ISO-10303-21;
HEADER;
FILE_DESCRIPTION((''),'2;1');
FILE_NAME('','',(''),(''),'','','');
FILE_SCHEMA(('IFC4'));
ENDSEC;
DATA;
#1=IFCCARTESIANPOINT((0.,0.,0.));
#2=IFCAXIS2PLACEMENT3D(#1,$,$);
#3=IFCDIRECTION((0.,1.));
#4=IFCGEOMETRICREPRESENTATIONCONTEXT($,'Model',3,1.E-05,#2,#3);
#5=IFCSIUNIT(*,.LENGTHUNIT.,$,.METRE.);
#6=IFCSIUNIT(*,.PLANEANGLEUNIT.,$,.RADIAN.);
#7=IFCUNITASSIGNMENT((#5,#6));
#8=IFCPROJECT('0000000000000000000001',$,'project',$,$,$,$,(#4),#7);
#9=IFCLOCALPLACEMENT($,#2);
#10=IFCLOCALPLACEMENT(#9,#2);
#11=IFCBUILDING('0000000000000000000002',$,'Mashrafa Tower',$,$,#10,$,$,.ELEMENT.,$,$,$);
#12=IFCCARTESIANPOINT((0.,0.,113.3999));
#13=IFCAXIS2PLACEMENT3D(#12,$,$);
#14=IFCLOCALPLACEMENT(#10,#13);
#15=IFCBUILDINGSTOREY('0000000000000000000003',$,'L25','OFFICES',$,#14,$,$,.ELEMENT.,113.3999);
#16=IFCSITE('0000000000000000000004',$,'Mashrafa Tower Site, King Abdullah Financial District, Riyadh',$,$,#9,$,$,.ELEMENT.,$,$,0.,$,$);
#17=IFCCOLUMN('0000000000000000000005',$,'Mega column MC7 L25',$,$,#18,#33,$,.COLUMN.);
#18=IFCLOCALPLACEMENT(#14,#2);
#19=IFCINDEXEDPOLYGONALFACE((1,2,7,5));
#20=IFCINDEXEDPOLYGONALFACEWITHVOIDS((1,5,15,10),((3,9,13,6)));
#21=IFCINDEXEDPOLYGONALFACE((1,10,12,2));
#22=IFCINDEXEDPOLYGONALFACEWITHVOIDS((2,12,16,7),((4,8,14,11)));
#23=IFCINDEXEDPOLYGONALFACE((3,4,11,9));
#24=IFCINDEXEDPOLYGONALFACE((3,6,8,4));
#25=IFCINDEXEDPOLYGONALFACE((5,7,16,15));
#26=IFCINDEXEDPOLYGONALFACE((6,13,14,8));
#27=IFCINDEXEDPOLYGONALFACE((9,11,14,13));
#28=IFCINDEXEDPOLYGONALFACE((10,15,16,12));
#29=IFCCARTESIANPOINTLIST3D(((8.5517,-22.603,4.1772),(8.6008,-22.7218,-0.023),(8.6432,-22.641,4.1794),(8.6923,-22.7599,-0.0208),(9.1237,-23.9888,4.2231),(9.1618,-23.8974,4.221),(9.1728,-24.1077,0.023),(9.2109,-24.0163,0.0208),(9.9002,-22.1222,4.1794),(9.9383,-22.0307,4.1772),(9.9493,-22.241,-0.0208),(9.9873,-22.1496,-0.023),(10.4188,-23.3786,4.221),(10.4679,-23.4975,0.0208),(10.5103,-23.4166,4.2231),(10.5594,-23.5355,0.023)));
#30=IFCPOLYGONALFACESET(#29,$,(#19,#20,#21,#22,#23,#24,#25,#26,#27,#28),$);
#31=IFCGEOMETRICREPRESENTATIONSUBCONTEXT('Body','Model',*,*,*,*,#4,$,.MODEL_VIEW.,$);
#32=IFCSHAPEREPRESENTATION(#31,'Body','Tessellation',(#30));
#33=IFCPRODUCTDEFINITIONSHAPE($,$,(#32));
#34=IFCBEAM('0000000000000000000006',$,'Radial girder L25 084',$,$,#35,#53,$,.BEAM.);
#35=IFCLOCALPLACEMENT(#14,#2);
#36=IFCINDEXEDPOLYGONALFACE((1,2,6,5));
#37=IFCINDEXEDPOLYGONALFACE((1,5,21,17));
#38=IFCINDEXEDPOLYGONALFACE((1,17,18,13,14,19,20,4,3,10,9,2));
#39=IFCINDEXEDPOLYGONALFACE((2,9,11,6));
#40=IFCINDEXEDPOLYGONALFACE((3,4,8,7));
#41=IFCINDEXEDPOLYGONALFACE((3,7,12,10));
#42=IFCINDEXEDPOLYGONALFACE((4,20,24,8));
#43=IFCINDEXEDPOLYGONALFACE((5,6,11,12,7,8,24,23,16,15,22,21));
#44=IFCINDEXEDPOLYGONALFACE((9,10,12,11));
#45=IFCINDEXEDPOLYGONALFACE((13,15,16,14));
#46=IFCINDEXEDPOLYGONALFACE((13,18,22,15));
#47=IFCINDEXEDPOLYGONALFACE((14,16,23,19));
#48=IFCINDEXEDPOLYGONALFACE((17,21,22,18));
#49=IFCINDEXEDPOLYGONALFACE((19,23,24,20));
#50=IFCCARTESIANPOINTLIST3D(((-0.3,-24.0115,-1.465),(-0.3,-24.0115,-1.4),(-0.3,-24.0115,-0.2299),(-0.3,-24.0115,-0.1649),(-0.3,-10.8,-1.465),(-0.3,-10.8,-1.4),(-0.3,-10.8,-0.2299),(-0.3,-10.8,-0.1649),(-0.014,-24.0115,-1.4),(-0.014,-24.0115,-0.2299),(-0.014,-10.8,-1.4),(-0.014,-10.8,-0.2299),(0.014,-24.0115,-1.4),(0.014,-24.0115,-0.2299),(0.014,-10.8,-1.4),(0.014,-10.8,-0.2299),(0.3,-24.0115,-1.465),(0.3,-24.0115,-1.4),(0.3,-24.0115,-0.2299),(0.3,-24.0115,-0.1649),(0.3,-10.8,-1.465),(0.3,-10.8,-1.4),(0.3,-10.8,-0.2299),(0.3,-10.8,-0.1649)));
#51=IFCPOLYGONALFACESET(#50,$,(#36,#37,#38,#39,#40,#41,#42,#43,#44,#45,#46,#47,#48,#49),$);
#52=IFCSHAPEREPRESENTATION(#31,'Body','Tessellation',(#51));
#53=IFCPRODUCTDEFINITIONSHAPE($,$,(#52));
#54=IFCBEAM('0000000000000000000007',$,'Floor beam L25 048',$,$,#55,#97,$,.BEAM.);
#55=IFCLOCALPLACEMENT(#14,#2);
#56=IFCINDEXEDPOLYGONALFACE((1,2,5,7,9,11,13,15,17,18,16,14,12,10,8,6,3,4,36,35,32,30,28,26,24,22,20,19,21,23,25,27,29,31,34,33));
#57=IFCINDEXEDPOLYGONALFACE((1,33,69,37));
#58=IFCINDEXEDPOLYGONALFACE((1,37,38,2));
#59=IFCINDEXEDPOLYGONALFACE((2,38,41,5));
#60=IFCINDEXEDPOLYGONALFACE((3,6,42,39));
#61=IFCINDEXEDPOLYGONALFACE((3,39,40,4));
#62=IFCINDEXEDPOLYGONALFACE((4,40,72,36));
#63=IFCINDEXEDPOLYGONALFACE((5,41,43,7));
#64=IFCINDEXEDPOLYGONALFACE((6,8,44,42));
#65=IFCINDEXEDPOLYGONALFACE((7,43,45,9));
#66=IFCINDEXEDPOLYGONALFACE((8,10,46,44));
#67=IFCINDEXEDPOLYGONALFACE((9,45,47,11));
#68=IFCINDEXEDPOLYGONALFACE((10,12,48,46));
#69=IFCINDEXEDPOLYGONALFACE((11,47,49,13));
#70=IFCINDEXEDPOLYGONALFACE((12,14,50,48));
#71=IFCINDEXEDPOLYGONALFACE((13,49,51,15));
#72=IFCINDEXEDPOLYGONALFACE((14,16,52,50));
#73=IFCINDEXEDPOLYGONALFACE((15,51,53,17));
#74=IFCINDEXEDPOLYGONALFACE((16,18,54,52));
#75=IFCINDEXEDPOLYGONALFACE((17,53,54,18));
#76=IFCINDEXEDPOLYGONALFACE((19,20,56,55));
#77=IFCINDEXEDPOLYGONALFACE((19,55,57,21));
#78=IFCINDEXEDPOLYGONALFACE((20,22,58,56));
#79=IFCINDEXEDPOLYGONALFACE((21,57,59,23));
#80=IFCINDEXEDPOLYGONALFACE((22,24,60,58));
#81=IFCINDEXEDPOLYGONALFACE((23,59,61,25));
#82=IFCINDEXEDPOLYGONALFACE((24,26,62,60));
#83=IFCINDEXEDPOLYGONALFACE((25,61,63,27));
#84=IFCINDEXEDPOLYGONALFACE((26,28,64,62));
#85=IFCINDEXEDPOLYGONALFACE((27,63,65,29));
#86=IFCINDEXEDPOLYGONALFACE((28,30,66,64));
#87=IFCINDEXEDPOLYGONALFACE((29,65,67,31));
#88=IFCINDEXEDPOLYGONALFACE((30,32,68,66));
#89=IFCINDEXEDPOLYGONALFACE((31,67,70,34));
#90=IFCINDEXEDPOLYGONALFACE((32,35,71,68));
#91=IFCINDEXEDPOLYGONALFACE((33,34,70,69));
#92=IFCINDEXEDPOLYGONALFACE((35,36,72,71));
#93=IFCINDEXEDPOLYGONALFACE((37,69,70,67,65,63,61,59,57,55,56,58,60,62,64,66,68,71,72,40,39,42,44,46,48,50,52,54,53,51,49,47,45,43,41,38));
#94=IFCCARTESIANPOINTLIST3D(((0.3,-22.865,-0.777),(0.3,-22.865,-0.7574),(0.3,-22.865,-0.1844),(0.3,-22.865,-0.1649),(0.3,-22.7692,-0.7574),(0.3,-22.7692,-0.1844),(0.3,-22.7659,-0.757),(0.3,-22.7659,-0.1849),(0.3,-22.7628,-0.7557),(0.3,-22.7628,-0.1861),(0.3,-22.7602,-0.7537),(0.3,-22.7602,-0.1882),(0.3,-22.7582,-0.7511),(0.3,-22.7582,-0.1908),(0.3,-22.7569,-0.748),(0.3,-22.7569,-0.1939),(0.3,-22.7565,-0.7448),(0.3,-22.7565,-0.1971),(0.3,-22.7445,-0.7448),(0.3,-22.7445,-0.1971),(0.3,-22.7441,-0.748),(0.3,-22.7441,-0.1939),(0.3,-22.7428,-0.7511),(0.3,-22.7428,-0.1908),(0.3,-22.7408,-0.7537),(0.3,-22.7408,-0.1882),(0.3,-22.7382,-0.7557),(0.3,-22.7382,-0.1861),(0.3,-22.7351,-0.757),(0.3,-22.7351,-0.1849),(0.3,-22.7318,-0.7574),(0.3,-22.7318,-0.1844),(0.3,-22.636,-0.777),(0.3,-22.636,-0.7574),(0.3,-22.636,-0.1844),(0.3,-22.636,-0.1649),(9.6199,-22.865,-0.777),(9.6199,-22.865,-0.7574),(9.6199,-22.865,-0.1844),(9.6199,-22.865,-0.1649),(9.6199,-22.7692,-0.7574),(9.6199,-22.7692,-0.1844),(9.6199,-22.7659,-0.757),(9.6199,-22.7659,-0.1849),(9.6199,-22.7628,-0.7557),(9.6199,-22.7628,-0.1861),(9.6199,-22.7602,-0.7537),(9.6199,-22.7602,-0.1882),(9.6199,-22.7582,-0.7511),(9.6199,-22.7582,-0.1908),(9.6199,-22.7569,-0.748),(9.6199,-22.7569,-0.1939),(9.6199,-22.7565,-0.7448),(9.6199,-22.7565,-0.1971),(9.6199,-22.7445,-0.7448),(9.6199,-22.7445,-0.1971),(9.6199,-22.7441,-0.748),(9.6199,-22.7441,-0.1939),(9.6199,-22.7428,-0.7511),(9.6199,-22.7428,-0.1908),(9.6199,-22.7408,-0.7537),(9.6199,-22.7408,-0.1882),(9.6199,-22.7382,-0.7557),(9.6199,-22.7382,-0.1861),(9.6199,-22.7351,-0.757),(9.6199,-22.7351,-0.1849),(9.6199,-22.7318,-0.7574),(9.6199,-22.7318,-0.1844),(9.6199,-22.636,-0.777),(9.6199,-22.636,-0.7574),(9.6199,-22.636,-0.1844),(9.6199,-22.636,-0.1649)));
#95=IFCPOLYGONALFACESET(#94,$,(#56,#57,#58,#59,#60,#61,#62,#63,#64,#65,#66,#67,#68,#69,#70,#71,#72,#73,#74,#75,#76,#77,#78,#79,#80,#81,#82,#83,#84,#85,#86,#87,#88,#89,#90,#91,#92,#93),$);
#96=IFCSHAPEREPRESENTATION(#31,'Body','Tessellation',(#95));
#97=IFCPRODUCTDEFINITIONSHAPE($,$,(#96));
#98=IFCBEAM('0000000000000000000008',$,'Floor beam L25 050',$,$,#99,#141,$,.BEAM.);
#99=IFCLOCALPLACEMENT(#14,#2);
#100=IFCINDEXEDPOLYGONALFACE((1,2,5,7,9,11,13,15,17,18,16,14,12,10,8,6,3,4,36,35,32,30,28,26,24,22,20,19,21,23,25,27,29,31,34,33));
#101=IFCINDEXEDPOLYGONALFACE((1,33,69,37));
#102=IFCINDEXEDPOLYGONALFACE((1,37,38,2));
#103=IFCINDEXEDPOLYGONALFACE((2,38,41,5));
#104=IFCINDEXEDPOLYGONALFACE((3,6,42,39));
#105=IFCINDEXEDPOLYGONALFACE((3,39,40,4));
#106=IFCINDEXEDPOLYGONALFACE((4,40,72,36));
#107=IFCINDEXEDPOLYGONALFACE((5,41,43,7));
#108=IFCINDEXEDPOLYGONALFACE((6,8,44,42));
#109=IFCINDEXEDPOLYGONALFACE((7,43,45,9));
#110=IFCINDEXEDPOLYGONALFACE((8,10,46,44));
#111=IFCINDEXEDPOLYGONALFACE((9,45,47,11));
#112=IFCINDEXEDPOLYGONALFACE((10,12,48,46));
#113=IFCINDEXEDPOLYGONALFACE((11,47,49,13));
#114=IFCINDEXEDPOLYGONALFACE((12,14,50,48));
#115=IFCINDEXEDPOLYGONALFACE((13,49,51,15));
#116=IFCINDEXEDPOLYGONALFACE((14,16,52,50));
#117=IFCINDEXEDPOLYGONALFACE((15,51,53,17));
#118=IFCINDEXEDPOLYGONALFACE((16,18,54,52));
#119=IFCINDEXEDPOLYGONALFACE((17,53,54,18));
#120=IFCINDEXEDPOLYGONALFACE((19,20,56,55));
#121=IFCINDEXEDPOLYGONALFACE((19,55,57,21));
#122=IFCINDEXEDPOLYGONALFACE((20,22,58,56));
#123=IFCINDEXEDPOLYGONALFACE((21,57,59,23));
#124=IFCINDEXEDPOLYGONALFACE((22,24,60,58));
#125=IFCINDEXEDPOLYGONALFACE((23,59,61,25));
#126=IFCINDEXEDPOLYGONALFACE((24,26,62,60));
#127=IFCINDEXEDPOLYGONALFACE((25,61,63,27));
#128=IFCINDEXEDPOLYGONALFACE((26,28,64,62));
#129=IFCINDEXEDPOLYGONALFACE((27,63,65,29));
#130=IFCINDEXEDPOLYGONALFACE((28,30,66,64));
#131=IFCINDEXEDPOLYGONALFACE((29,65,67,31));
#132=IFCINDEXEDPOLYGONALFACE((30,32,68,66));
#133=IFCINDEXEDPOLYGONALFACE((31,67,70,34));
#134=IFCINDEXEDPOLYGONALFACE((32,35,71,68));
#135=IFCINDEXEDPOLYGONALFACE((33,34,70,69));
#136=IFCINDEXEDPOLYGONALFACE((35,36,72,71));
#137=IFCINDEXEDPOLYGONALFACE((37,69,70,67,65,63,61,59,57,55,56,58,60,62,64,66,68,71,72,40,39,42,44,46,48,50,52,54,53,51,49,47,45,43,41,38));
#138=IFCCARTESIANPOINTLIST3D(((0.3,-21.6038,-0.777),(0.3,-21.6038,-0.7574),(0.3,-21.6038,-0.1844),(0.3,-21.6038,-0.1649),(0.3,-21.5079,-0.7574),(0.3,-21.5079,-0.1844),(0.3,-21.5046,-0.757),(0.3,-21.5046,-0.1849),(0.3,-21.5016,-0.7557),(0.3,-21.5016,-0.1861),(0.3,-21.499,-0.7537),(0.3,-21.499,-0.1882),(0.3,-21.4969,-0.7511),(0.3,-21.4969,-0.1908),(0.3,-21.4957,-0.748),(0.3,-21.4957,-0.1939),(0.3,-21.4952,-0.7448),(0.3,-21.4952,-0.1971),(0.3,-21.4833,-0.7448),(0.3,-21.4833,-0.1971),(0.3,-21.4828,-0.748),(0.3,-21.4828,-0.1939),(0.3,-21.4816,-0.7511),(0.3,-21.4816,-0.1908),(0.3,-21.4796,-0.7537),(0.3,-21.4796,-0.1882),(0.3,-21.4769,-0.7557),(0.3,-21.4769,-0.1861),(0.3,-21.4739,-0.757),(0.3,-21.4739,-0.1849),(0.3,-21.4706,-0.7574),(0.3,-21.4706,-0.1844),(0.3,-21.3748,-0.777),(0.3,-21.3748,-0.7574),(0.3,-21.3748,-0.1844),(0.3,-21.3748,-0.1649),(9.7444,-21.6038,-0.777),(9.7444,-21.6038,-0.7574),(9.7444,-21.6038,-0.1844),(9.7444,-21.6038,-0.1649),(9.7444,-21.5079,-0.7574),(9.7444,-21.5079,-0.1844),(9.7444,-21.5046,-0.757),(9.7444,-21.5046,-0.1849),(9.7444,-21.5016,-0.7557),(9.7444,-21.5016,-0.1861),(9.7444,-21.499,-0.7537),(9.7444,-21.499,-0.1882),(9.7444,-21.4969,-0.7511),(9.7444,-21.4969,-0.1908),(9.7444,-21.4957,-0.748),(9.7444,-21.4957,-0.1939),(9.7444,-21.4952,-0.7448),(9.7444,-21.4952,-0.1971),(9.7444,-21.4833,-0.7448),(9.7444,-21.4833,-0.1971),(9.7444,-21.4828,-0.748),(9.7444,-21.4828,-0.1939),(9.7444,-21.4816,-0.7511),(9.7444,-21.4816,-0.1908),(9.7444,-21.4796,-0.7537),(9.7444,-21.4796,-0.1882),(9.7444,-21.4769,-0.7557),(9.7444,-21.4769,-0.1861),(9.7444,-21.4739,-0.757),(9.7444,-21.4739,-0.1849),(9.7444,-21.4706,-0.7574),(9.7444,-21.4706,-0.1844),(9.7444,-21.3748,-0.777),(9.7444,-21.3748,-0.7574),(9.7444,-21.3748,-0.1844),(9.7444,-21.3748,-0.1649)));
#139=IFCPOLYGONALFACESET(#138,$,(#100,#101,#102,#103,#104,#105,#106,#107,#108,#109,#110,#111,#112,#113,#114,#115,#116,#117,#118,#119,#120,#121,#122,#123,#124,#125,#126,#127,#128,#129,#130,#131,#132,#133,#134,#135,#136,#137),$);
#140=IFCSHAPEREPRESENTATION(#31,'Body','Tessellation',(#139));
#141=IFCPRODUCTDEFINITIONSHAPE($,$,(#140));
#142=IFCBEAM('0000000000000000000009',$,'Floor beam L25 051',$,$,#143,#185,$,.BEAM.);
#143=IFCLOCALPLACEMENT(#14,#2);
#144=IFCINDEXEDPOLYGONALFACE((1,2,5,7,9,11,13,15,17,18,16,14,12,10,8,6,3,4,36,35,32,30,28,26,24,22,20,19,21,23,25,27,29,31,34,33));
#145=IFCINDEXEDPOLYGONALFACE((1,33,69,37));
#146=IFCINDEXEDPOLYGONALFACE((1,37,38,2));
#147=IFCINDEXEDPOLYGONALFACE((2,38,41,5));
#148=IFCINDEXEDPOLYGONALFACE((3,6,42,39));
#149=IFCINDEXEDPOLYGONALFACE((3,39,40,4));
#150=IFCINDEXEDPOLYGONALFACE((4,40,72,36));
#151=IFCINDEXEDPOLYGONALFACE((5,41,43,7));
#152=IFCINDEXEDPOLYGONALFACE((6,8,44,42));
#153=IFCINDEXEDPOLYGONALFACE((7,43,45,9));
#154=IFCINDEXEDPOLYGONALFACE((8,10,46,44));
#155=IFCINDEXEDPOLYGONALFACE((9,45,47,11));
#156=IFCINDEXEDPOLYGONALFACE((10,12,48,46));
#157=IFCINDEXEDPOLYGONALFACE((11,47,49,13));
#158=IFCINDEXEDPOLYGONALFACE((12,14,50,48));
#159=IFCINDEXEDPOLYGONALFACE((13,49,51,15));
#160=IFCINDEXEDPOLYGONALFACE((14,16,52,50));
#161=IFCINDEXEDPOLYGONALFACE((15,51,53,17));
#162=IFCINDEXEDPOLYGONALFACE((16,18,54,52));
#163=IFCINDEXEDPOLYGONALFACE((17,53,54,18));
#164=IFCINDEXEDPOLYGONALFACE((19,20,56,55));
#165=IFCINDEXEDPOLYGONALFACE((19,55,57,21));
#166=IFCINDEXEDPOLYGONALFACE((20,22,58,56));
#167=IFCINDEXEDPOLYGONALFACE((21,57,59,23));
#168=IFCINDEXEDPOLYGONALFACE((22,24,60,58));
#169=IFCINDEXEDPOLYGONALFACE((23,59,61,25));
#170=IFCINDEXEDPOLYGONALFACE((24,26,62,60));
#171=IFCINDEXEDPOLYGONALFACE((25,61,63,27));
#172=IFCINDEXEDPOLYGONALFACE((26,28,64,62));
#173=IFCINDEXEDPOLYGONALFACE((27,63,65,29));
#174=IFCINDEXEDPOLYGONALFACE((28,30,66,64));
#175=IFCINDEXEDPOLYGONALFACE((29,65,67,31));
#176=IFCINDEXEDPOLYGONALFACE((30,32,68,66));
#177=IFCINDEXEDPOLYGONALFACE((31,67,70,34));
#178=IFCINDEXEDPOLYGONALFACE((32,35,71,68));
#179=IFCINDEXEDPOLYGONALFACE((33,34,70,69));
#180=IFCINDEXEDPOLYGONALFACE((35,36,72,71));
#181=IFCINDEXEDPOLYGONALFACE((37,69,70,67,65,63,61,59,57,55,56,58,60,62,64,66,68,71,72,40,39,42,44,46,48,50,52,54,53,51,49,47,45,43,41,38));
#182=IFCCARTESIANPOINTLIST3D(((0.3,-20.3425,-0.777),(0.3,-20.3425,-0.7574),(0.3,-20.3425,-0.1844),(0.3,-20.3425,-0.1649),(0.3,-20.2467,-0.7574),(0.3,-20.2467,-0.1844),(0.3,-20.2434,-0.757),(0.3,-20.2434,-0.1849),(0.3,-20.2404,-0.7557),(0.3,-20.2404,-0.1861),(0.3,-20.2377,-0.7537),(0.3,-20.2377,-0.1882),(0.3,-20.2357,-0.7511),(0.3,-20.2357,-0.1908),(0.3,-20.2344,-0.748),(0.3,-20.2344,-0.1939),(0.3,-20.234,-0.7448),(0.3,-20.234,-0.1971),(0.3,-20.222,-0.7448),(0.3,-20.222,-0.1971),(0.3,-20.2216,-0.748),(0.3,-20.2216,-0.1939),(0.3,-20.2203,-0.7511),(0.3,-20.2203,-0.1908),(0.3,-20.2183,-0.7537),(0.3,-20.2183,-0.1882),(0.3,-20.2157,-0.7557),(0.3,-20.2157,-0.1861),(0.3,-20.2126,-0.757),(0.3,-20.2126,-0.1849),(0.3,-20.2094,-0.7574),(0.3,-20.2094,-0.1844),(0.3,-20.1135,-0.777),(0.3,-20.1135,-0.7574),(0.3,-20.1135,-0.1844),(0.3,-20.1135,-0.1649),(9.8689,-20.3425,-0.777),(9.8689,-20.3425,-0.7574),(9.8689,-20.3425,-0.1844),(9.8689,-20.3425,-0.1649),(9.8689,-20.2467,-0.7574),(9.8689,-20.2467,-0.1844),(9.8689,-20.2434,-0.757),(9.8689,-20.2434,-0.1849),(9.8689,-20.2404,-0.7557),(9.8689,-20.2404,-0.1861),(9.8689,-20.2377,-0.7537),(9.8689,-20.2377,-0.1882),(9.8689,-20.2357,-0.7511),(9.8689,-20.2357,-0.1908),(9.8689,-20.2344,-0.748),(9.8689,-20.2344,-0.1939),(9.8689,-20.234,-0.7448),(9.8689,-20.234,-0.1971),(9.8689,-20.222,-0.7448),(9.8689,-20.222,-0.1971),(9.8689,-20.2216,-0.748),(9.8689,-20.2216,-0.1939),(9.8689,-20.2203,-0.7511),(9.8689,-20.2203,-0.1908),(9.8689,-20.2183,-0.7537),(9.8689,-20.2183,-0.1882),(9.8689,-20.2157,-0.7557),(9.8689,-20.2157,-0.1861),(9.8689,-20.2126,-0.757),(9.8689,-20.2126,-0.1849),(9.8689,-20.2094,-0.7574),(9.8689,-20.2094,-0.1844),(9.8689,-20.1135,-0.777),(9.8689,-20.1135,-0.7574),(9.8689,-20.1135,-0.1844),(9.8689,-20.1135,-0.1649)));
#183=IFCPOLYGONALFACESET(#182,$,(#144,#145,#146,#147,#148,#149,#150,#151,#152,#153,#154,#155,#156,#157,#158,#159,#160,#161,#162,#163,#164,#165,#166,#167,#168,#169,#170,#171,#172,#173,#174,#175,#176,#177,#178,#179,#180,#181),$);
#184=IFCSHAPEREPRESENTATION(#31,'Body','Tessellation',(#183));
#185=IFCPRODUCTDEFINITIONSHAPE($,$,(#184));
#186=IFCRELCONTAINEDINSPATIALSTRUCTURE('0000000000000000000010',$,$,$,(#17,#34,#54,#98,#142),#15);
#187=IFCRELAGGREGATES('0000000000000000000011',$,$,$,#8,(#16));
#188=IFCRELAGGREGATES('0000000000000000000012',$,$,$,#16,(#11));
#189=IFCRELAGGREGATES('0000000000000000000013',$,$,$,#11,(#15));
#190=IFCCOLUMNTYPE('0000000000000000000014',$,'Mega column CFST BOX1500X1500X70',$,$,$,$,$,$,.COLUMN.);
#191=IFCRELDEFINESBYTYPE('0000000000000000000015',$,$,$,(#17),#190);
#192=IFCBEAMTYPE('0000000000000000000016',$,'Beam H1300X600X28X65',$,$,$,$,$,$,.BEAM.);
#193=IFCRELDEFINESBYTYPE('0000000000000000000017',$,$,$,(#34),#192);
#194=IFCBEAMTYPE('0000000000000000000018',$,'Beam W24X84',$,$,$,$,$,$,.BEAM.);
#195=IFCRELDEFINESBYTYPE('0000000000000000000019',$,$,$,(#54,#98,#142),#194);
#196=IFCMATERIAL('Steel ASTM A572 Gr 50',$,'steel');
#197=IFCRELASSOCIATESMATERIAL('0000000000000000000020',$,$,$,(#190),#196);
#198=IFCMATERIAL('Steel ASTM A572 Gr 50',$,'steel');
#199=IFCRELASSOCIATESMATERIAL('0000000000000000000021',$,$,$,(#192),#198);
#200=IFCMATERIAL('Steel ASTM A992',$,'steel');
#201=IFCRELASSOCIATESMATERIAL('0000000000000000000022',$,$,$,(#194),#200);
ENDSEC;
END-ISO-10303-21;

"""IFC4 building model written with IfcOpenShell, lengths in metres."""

from ifc_helpers import new_model, si_unit, direction, frame, origin, origin_2d, place, context, subcontext, project, spatial, hollow_rectangle, i_section, extrude, material, material_profile, profile_set, type_object, element, save


model = new_model("IFC4")

# Units and contexts
model_context = context("Model", 3, precision=1e-05, world=origin(), true_north=direction((0.0, 1.0)))
body_context = subcontext(model_context, "Body", "Model", "MODEL_VIEW")
ifc_project = project(units=[si_unit("LENGTHUNIT", "METRE"), si_unit("PLANEANGLEUNIT", "RADIAN")], contexts=[model_context])

# Site, building, storey
site_placement = place(None, origin())
site = spatial("IfcSite", under=ifc_project, at=site_placement, Name="Mashrafa Tower Site, King Abdullah Financial District, Riyadh", CompositionType="ELEMENT", RefElevation=0.0)
building_placement = place(site_placement, origin())
building = spatial("IfcBuilding", under=site, at=building_placement, Name="Mashrafa Tower", CompositionType="ELEMENT")
storey_placement = place(building_placement, frame((0.0, 0.0, 113.3999)))
storey = spatial("IfcBuildingStorey", under=building, at=storey_placement, Name="L25", Description="OFFICES", CompositionType="ELEMENT", Elevation=113.3999)

# Column
ifc_material_1 = material(Name="Steel ASTM A572 Gr 50", Category="steel")
ifc_material_profile_1 = material_profile(ifc_material_1, hollow_rectangle(XDim=1.5, YDim=1.5, WallThickness=0.0701, at=origin_2d()), Name="BOX1500X1500X70")
ifc_profile_set_1 = profile_set([ifc_material_profile_1], Name="Steel ASTM A572 Gr 50")
column_type = type_object("IfcColumnType", Name="Mega column CFST BOX1500X1500X70", PredefinedType="COLUMN", material=ifc_profile_set_1)
column_placement = place(storey_placement, frame((9.5801, -23.1287, 0.0), z_axis=(-0.011678, 0.028294, 0.999531), x_axis=(-0.924363, -0.381513, 0.0)))
element("IfcColumn", 1, at=column_placement, inside=storey, type_object=column_type, Name="Mega column MC7 L25", PredefinedType="COLUMN", context=body_context, shape_type="SweptSolid", body=[
    extrude(hollow_rectangle(XDim=1.5, YDim=1.5, WallThickness=0.0701, at=origin_2d()), origin(), (0.0, 0.0, 1.0), 4.2021),
])

# Beams
ifc_material_2 = material(Name="Steel ASTM A572 Gr 50", Category="steel")
ifc_material_profile_2 = material_profile(ifc_material_2, i_section(OverallWidth=0.6001, OverallDepth=1.3, WebThickness=0.0281, FlangeThickness=0.0649, at=origin_2d()), Name="H1300X600X28X65")
ifc_profile_set_2 = profile_set([ifc_material_profile_2], Name="Steel ASTM A572 Gr 50")
beam_type_1 = type_object("IfcBeamType", Name="Beam H1300X600X28X65", PredefinedType="BEAM", material=ifc_profile_set_2)
beam_1_placement = place(storey_placement, frame((0.0, -10.8, -0.8149), z_axis=(0.0, -1.0, 0.0), x_axis=(1.0, 0.0, 0.0)))
element("IfcBeam", 2, at=beam_1_placement, inside=storey, type_object=beam_type_1, Name="Radial girder L25 084", PredefinedType="BEAM", context=body_context, shape_type="SweptSolid", body=[
    extrude(i_section(OverallWidth=0.6001, OverallDepth=1.3, WebThickness=0.0281, FlangeThickness=0.0649, at=origin_2d()), origin(), (0.0, 0.0, 1.0), 13.2114),
])
ifc_material_3 = material(Name="Steel ASTM A992", Category="steel")
ifc_material_profile_3 = material_profile(ifc_material_3, i_section(OverallWidth=0.229, OverallDepth=0.6121, WebThickness=0.012, FlangeThickness=0.0195, FilletRadius=0.0127, at=origin_2d()), Name="W24X84")
ifc_profile_set_3 = profile_set([ifc_material_profile_3], Name="Steel ASTM A992")
beam_type_2 = type_object("IfcBeamType", Name="Beam W24X84", PredefinedType="BEAM", material=ifc_profile_set_3)
beam_2_placement = place(storey_placement, frame((9.6199, -22.7505, -0.4709), z_axis=(-1.0, 0.0, 0.0), x_axis=(0.0, -1.0, 0.0)))
element("IfcBeam", 3, at=beam_2_placement, inside=storey, type_object=beam_type_2, Name="Floor beam L25 048", PredefinedType="BEAM", context=body_context, shape_type="SweptSolid", body=[
    extrude(i_section(OverallWidth=0.229, OverallDepth=0.6121, WebThickness=0.012, FlangeThickness=0.0195, FilletRadius=0.0127, at=origin_2d()), origin(), (0.0, 0.0, 1.0), 9.3198),
])
beam_3_placement = place(storey_placement, frame((9.7444, -21.4893, -0.4709), z_axis=(-1.0, 0.0, 0.0), x_axis=(0.0, -1.0, 0.0)))
element("IfcBeam", 4, at=beam_3_placement, inside=storey, type_object=beam_type_2, Name="Floor beam L25 050", PredefinedType="BEAM", context=body_context, shape_type="SweptSolid", body=[
    extrude(i_section(OverallWidth=0.229, OverallDepth=0.6121, WebThickness=0.012, FlangeThickness=0.0195, FilletRadius=0.0127, at=origin_2d()), origin(), (0.0, 0.0, 1.0), 9.4443),
])
beam_4_placement = place(storey_placement, frame((9.8689, -20.228, -0.4709), z_axis=(-1.0, 0.0, 0.0), x_axis=(0.0, -1.0, 0.0)))
element("IfcBeam", 5, at=beam_4_placement, inside=storey, type_object=beam_type_2, Name="Floor beam L25 051", PredefinedType="BEAM", context=body_context, shape_type="SweptSolid", body=[
    extrude(i_section(OverallWidth=0.229, OverallDepth=0.6121, WebThickness=0.012, FlangeThickness=0.0195, FilletRadius=0.0127, at=origin_2d()), origin(), (0.0, 0.0, 1.0), 9.5688),
])

save(model, "model.ifc")
